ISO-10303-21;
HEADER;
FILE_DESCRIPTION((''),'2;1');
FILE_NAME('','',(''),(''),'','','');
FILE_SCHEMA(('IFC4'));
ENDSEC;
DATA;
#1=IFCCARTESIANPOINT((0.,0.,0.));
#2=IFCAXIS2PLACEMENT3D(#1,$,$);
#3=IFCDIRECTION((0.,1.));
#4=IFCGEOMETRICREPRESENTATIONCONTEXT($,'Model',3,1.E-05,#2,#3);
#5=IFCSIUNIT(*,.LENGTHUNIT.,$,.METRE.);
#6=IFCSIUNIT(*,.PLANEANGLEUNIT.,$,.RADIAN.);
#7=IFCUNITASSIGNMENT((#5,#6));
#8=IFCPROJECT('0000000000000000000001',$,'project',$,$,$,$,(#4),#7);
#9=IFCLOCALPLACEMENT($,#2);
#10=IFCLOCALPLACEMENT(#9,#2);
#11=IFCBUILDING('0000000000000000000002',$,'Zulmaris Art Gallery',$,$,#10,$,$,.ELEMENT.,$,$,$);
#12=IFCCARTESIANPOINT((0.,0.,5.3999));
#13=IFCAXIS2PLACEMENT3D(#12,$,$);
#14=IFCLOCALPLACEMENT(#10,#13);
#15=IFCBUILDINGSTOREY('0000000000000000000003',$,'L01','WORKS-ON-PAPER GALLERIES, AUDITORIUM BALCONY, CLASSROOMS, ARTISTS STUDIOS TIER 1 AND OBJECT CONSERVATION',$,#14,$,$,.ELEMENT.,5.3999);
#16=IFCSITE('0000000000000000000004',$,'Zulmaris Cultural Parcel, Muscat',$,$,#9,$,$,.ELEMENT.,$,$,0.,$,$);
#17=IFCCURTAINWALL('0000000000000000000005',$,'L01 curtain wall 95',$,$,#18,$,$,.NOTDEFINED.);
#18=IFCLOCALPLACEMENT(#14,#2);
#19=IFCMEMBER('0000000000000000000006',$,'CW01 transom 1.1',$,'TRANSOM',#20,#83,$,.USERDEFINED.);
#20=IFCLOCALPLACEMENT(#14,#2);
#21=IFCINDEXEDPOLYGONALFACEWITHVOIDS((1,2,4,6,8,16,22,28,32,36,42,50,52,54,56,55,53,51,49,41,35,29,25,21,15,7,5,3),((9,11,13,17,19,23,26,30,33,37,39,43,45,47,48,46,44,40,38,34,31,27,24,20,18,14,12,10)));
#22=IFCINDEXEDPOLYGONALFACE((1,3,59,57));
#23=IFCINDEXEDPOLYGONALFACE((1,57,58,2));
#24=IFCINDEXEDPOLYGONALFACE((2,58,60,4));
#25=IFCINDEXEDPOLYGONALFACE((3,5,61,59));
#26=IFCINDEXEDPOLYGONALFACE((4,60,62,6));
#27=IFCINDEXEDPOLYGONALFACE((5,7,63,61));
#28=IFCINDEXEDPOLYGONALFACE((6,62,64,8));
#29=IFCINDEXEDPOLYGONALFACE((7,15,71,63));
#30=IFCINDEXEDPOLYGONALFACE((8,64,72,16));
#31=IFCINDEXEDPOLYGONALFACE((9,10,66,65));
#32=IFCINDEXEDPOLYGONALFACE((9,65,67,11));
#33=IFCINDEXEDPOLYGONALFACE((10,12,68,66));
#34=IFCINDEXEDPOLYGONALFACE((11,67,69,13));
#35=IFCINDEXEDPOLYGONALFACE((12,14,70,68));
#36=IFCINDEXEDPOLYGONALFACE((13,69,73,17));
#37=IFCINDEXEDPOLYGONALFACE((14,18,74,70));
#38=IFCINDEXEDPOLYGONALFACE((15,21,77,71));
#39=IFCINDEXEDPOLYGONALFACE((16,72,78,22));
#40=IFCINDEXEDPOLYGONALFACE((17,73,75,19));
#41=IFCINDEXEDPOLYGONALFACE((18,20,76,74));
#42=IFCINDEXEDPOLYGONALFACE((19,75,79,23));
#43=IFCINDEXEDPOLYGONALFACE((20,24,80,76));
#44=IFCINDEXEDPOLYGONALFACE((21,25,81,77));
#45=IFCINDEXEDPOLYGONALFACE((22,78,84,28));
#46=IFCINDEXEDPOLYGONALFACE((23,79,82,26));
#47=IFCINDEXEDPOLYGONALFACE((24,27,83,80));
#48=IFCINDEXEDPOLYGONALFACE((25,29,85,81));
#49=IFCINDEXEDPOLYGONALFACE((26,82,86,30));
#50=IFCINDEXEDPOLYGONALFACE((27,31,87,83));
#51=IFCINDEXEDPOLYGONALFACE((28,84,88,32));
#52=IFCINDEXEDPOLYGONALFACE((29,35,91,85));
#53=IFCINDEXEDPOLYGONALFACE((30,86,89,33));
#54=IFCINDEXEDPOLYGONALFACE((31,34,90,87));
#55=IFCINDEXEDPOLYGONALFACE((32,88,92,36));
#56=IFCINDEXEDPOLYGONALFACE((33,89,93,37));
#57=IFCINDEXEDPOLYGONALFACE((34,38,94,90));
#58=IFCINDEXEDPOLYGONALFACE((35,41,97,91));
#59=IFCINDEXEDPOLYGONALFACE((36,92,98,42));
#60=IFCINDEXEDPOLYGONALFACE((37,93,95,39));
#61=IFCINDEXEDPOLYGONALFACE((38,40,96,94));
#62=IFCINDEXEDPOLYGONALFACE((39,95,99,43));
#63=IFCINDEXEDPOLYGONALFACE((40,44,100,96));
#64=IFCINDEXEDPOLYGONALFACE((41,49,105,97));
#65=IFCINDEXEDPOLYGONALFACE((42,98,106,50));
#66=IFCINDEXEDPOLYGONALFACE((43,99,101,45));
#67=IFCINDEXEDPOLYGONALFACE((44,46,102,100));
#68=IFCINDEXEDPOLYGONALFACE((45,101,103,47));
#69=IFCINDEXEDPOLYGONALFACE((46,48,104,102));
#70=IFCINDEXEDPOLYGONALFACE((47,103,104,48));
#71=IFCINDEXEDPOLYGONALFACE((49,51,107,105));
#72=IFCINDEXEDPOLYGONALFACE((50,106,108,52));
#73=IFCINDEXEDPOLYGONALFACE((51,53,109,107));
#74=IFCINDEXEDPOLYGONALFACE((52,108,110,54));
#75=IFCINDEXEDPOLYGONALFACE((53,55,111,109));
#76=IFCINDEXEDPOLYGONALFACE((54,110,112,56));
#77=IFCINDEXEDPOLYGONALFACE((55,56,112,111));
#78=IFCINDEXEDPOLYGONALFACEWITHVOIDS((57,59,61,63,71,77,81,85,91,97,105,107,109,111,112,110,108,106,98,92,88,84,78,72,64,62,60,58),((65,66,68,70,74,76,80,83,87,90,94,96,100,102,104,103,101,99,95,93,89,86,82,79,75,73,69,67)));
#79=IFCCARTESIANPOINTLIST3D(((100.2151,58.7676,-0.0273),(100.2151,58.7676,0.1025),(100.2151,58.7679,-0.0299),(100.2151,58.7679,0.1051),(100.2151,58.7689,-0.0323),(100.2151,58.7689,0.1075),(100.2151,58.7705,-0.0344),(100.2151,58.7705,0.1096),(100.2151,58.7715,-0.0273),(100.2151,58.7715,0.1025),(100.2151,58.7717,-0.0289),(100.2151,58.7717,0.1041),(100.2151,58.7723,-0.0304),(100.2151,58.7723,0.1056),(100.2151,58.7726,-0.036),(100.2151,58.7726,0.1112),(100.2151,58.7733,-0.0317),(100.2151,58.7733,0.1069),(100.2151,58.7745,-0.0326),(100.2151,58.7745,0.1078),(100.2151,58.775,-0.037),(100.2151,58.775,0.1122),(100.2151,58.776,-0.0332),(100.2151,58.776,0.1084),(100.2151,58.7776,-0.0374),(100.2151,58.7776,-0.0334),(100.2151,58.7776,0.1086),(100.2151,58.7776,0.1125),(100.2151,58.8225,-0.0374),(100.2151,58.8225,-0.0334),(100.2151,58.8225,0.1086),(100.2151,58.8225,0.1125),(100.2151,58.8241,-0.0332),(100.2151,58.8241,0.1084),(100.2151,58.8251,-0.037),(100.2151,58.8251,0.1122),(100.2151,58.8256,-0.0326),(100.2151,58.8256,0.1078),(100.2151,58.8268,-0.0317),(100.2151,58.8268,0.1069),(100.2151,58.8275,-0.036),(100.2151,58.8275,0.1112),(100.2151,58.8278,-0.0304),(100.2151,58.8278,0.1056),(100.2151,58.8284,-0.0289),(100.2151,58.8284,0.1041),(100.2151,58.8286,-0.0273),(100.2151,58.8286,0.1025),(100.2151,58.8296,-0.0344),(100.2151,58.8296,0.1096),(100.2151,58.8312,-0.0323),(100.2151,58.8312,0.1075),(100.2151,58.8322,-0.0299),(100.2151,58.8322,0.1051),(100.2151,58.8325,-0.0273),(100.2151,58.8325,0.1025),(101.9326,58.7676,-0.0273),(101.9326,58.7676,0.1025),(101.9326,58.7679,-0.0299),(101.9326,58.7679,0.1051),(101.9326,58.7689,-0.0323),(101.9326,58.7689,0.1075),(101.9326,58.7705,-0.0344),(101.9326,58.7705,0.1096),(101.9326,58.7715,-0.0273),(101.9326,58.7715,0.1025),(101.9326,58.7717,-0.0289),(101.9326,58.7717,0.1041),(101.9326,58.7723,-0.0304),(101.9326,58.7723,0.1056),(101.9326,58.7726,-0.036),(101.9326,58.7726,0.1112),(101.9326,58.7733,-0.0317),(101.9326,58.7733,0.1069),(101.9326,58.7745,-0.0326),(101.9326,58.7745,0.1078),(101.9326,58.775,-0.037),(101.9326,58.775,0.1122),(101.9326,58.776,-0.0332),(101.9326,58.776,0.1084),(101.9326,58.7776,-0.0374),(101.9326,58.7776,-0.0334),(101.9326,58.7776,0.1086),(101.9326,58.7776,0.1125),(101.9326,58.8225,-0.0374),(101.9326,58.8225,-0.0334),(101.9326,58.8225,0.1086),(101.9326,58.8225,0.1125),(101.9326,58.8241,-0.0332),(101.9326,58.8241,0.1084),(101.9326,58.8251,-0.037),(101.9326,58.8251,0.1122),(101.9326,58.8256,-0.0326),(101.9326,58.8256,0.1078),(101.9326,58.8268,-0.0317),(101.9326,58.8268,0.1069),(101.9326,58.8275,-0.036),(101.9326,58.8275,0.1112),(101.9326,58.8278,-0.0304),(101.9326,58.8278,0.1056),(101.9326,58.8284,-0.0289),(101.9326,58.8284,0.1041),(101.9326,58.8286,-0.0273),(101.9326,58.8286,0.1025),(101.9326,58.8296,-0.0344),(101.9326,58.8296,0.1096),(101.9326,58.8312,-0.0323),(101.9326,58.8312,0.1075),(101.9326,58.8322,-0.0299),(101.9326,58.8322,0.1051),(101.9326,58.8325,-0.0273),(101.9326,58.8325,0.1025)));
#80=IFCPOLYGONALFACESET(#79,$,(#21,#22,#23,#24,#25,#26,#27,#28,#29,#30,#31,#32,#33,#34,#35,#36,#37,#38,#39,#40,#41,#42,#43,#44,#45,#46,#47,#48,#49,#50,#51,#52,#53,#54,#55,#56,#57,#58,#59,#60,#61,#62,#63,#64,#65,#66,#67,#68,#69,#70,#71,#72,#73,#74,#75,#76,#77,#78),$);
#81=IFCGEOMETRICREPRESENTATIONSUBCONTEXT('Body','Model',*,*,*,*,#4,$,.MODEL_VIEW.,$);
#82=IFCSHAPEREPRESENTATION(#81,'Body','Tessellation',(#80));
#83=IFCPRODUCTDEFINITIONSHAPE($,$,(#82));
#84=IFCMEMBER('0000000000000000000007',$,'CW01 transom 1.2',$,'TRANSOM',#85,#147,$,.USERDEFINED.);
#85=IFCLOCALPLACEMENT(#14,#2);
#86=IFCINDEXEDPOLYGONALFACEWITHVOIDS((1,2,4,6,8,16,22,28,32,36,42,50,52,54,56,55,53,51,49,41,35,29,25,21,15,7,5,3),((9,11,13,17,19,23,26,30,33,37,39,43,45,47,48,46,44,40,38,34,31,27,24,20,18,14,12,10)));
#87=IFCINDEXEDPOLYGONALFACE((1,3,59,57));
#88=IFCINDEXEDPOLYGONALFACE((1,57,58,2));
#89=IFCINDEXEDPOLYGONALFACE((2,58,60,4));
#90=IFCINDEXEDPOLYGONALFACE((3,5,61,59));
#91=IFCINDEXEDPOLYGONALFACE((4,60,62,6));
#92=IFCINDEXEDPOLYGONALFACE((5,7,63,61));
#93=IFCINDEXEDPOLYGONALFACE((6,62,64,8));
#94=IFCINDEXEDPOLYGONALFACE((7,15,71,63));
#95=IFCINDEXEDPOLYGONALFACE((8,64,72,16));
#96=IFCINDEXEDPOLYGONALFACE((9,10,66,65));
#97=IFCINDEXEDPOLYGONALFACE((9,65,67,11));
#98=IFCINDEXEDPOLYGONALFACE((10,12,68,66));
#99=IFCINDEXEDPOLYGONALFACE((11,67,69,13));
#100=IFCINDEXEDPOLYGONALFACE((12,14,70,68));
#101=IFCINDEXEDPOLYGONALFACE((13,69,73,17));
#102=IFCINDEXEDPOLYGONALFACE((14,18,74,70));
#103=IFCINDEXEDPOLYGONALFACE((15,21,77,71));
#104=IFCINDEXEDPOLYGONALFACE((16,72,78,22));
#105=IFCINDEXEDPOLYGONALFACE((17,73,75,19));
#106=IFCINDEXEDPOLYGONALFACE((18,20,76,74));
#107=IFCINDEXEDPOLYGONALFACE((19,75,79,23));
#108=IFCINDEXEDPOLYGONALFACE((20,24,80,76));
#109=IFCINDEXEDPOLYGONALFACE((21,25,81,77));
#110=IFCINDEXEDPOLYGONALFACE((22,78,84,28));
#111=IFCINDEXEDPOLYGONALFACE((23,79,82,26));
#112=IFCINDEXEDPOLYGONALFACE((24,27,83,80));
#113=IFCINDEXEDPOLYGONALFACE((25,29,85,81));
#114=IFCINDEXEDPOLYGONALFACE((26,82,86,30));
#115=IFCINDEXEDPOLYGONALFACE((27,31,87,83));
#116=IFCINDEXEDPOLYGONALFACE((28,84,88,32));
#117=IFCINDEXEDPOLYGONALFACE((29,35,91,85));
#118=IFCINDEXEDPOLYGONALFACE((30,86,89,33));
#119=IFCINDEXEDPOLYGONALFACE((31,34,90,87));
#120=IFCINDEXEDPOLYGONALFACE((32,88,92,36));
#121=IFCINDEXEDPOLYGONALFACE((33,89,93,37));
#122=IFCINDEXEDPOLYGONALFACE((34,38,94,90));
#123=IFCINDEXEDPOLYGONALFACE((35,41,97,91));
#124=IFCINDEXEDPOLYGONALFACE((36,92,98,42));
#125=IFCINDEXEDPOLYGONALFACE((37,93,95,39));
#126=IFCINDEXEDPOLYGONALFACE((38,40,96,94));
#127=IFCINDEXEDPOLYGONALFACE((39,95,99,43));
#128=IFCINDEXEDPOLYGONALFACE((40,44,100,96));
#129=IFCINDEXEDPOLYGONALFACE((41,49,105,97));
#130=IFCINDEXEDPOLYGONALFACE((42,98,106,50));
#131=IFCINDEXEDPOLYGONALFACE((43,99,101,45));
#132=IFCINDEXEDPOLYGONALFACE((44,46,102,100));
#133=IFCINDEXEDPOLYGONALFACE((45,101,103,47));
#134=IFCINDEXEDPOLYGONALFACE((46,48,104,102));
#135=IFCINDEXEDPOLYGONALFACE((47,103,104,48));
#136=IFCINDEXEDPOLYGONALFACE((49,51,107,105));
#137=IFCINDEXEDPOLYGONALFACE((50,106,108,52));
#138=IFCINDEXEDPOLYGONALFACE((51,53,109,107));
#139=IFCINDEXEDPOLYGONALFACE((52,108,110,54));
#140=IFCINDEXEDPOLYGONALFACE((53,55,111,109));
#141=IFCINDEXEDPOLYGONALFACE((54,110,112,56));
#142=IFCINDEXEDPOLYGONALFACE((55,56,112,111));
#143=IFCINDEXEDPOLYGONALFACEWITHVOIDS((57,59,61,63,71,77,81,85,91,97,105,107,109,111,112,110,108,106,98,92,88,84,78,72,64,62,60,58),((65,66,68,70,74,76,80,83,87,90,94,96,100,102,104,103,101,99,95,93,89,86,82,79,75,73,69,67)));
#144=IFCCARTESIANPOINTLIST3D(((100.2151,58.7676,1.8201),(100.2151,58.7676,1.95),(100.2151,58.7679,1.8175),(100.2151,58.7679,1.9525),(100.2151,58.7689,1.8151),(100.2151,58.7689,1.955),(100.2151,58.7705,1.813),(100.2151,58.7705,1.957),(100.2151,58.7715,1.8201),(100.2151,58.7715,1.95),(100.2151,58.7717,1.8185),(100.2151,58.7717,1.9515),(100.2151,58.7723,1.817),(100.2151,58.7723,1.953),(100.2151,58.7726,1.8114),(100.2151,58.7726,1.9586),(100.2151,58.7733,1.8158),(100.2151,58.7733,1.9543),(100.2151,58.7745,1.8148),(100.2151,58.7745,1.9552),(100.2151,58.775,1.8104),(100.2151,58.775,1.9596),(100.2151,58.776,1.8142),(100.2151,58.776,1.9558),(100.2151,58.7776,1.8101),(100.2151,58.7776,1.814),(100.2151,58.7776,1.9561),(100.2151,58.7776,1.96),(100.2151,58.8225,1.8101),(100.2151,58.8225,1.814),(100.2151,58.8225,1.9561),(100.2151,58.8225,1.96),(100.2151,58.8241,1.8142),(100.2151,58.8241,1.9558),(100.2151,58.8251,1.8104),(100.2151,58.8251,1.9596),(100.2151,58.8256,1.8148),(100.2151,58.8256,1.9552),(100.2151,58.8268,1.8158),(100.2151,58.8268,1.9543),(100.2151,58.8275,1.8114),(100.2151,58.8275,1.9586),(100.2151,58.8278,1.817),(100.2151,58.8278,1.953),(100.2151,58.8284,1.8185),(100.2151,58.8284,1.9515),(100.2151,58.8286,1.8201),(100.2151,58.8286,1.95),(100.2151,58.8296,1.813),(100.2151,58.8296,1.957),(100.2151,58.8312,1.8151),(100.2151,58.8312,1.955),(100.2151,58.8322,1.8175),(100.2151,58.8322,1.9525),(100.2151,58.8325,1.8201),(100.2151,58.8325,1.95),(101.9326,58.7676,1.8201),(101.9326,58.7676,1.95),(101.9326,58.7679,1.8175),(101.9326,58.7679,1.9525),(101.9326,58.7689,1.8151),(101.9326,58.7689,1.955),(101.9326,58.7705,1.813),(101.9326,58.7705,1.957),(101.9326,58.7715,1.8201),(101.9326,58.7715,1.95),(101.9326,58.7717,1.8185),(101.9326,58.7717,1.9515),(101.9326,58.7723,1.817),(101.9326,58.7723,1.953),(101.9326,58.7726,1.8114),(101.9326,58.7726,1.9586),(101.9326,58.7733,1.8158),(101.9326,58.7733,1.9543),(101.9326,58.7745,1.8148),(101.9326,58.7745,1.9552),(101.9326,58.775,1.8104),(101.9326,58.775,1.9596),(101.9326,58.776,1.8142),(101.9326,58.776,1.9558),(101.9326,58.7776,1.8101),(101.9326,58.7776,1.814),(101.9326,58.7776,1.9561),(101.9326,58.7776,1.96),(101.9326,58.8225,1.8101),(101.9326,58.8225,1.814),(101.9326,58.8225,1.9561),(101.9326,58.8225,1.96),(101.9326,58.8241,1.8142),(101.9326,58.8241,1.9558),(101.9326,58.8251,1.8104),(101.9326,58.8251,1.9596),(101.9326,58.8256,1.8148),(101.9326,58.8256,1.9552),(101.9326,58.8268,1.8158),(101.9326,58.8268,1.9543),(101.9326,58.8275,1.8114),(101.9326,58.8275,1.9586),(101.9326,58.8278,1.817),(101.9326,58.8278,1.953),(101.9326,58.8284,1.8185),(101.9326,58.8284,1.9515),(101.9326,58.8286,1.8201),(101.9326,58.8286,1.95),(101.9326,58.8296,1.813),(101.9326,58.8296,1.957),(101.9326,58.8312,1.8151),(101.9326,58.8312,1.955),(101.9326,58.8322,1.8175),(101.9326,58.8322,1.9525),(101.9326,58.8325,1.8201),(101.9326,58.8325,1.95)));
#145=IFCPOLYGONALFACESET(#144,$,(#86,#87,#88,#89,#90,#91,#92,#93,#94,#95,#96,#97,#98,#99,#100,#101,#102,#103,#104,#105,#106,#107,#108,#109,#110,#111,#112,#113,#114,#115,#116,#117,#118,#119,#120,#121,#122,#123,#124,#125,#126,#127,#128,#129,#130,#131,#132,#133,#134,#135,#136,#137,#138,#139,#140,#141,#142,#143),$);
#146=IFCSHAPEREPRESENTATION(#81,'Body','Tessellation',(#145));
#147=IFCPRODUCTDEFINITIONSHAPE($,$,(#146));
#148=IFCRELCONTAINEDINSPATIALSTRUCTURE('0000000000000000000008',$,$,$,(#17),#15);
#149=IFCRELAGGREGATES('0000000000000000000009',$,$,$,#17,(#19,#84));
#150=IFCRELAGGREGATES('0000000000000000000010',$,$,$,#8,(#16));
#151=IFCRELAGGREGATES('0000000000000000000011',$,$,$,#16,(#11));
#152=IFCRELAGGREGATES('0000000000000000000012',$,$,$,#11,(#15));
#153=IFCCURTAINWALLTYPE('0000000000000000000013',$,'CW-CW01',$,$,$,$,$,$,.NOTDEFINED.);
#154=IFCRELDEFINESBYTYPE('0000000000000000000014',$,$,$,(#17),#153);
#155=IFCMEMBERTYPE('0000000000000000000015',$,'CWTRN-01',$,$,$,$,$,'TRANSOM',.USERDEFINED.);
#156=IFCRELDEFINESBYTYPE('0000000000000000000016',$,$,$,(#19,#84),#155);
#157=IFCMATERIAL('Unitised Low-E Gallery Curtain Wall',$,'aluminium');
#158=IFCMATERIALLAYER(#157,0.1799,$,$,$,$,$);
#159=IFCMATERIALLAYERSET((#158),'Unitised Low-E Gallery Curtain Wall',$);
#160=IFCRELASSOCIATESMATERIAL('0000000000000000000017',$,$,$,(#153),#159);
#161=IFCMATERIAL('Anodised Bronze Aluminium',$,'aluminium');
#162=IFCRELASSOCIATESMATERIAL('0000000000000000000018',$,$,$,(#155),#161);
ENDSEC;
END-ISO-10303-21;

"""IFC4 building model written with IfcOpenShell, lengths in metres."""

from ifc_helpers import new_model, si_unit, direction, frame, origin, origin_2d, place, context, subcontext, project, spatial, hollow_rectangle, extrude, material, layer, layer_set, material_profile, profile_set, type_object, element, aggregate, save


model = new_model("IFC4")

# Units and contexts
model_context = context("Model", 3, precision=1e-05, world=origin(), true_north=direction((0.0, 1.0)))
body_context = subcontext(model_context, "Body", "Model", "MODEL_VIEW")
ifc_project = project(units=[si_unit("LENGTHUNIT", "METRE"), si_unit("PLANEANGLEUNIT", "RADIAN")], contexts=[model_context])

# Site, building, storey
site_placement = place(None, origin())
site = spatial("IfcSite", under=ifc_project, at=site_placement, Name="Zulmaris Cultural Parcel, Muscat", CompositionType="ELEMENT", RefElevation=0.0)
building_placement = place(site_placement, origin())
building = spatial("IfcBuilding", under=site, at=building_placement, Name="Zulmaris Art Gallery", CompositionType="ELEMENT")
storey_placement = place(building_placement, frame((0.0, 0.0, 5.3999)))
storey = spatial("IfcBuildingStorey", under=building, at=storey_placement, Name="L01", Description="WORKS-ON-PAPER GALLERIES, AUDITORIUM BALCONY, CLASSROOMS, ARTISTS STUDIOS TIER 1 AND OBJECT CONSERVATION", CompositionType="ELEMENT", Elevation=5.3999)

# Curtain wall, members
ifc_material_1 = material(Name="Unitised Low-E Gallery Curtain Wall", Category="aluminium")
ifc_layer_1 = layer(ifc_material_1, 0.1799)
ifc_layer_set_1 = layer_set([ifc_layer_1], Name="Unitised Low-E Gallery Curtain Wall")
curtain_wall_type = type_object("IfcCurtainWallType", Name="CW-CW01", PredefinedType="NOTDEFINED", material=ifc_layer_set_1)
curtain_wall_placement = place(storey_placement, origin())
curtain_wall = element("IfcCurtainWall", 1, at=curtain_wall_placement, inside=storey, type_object=curtain_wall_type, Name="L01 curtain wall 95", PredefinedType="NOTDEFINED")
ifc_material_2 = material(Name="Anodised Bronze Aluminium", Category="aluminium")
ifc_material_profile_1 = material_profile(ifc_material_2, hollow_rectangle(XDim=0.0649, YDim=0.1499, WallThickness=0.0039, InnerFilletRadius=0.0061, OuterFilletRadius=0.01, at=origin_2d()), Name="ALU 65x150x4")
ifc_profile_set_1 = profile_set([ifc_material_profile_1], Name="Anodised Bronze Aluminium")
member_type_1 = type_object("IfcMemberType", Name="CWTRN-01", ElementType="TRANSOM", PredefinedType="USERDEFINED", material=ifc_profile_set_1)
member_1_placement = place(storey_placement, frame((100.2151, 58.8, 0.0376), z_axis=(1.0, 0.0, 0.0), x_axis=(0.0, 1.0, 0.0)))
member_1 = element("IfcMember", 2, at=member_1_placement, type_object=member_type_1, Name="CW01 transom 1.1", ObjectType="TRANSOM", PredefinedType="USERDEFINED", context=body_context, shape_type="SweptSolid", body=[
    extrude(hollow_rectangle(XDim=0.0649, YDim=0.1499, WallThickness=0.0039, InnerFilletRadius=0.0061, OuterFilletRadius=0.01, at=origin_2d()), origin(), (0.0, 0.0, 1.0), 1.7175),
])
member_2_placement = place(storey_placement, frame((100.2151, 58.8, 1.885), z_axis=(1.0, 0.0, 0.0), x_axis=(0.0, 1.0, 0.0)))
member_2 = element("IfcMember", 3, at=member_2_placement, type_object=member_type_1, Name="CW01 transom 1.2", ObjectType="TRANSOM", PredefinedType="USERDEFINED", context=body_context, shape_type="SweptSolid", body=[
    extrude(hollow_rectangle(XDim=0.0649, YDim=0.1499, WallThickness=0.0039, InnerFilletRadius=0.0061, OuterFilletRadius=0.01, at=origin_2d()), origin(), (0.0, 0.0, 1.0), 1.7175),
])
aggregate(curtain_wall, [member_1, member_2])

save(model, "model.ifc")
